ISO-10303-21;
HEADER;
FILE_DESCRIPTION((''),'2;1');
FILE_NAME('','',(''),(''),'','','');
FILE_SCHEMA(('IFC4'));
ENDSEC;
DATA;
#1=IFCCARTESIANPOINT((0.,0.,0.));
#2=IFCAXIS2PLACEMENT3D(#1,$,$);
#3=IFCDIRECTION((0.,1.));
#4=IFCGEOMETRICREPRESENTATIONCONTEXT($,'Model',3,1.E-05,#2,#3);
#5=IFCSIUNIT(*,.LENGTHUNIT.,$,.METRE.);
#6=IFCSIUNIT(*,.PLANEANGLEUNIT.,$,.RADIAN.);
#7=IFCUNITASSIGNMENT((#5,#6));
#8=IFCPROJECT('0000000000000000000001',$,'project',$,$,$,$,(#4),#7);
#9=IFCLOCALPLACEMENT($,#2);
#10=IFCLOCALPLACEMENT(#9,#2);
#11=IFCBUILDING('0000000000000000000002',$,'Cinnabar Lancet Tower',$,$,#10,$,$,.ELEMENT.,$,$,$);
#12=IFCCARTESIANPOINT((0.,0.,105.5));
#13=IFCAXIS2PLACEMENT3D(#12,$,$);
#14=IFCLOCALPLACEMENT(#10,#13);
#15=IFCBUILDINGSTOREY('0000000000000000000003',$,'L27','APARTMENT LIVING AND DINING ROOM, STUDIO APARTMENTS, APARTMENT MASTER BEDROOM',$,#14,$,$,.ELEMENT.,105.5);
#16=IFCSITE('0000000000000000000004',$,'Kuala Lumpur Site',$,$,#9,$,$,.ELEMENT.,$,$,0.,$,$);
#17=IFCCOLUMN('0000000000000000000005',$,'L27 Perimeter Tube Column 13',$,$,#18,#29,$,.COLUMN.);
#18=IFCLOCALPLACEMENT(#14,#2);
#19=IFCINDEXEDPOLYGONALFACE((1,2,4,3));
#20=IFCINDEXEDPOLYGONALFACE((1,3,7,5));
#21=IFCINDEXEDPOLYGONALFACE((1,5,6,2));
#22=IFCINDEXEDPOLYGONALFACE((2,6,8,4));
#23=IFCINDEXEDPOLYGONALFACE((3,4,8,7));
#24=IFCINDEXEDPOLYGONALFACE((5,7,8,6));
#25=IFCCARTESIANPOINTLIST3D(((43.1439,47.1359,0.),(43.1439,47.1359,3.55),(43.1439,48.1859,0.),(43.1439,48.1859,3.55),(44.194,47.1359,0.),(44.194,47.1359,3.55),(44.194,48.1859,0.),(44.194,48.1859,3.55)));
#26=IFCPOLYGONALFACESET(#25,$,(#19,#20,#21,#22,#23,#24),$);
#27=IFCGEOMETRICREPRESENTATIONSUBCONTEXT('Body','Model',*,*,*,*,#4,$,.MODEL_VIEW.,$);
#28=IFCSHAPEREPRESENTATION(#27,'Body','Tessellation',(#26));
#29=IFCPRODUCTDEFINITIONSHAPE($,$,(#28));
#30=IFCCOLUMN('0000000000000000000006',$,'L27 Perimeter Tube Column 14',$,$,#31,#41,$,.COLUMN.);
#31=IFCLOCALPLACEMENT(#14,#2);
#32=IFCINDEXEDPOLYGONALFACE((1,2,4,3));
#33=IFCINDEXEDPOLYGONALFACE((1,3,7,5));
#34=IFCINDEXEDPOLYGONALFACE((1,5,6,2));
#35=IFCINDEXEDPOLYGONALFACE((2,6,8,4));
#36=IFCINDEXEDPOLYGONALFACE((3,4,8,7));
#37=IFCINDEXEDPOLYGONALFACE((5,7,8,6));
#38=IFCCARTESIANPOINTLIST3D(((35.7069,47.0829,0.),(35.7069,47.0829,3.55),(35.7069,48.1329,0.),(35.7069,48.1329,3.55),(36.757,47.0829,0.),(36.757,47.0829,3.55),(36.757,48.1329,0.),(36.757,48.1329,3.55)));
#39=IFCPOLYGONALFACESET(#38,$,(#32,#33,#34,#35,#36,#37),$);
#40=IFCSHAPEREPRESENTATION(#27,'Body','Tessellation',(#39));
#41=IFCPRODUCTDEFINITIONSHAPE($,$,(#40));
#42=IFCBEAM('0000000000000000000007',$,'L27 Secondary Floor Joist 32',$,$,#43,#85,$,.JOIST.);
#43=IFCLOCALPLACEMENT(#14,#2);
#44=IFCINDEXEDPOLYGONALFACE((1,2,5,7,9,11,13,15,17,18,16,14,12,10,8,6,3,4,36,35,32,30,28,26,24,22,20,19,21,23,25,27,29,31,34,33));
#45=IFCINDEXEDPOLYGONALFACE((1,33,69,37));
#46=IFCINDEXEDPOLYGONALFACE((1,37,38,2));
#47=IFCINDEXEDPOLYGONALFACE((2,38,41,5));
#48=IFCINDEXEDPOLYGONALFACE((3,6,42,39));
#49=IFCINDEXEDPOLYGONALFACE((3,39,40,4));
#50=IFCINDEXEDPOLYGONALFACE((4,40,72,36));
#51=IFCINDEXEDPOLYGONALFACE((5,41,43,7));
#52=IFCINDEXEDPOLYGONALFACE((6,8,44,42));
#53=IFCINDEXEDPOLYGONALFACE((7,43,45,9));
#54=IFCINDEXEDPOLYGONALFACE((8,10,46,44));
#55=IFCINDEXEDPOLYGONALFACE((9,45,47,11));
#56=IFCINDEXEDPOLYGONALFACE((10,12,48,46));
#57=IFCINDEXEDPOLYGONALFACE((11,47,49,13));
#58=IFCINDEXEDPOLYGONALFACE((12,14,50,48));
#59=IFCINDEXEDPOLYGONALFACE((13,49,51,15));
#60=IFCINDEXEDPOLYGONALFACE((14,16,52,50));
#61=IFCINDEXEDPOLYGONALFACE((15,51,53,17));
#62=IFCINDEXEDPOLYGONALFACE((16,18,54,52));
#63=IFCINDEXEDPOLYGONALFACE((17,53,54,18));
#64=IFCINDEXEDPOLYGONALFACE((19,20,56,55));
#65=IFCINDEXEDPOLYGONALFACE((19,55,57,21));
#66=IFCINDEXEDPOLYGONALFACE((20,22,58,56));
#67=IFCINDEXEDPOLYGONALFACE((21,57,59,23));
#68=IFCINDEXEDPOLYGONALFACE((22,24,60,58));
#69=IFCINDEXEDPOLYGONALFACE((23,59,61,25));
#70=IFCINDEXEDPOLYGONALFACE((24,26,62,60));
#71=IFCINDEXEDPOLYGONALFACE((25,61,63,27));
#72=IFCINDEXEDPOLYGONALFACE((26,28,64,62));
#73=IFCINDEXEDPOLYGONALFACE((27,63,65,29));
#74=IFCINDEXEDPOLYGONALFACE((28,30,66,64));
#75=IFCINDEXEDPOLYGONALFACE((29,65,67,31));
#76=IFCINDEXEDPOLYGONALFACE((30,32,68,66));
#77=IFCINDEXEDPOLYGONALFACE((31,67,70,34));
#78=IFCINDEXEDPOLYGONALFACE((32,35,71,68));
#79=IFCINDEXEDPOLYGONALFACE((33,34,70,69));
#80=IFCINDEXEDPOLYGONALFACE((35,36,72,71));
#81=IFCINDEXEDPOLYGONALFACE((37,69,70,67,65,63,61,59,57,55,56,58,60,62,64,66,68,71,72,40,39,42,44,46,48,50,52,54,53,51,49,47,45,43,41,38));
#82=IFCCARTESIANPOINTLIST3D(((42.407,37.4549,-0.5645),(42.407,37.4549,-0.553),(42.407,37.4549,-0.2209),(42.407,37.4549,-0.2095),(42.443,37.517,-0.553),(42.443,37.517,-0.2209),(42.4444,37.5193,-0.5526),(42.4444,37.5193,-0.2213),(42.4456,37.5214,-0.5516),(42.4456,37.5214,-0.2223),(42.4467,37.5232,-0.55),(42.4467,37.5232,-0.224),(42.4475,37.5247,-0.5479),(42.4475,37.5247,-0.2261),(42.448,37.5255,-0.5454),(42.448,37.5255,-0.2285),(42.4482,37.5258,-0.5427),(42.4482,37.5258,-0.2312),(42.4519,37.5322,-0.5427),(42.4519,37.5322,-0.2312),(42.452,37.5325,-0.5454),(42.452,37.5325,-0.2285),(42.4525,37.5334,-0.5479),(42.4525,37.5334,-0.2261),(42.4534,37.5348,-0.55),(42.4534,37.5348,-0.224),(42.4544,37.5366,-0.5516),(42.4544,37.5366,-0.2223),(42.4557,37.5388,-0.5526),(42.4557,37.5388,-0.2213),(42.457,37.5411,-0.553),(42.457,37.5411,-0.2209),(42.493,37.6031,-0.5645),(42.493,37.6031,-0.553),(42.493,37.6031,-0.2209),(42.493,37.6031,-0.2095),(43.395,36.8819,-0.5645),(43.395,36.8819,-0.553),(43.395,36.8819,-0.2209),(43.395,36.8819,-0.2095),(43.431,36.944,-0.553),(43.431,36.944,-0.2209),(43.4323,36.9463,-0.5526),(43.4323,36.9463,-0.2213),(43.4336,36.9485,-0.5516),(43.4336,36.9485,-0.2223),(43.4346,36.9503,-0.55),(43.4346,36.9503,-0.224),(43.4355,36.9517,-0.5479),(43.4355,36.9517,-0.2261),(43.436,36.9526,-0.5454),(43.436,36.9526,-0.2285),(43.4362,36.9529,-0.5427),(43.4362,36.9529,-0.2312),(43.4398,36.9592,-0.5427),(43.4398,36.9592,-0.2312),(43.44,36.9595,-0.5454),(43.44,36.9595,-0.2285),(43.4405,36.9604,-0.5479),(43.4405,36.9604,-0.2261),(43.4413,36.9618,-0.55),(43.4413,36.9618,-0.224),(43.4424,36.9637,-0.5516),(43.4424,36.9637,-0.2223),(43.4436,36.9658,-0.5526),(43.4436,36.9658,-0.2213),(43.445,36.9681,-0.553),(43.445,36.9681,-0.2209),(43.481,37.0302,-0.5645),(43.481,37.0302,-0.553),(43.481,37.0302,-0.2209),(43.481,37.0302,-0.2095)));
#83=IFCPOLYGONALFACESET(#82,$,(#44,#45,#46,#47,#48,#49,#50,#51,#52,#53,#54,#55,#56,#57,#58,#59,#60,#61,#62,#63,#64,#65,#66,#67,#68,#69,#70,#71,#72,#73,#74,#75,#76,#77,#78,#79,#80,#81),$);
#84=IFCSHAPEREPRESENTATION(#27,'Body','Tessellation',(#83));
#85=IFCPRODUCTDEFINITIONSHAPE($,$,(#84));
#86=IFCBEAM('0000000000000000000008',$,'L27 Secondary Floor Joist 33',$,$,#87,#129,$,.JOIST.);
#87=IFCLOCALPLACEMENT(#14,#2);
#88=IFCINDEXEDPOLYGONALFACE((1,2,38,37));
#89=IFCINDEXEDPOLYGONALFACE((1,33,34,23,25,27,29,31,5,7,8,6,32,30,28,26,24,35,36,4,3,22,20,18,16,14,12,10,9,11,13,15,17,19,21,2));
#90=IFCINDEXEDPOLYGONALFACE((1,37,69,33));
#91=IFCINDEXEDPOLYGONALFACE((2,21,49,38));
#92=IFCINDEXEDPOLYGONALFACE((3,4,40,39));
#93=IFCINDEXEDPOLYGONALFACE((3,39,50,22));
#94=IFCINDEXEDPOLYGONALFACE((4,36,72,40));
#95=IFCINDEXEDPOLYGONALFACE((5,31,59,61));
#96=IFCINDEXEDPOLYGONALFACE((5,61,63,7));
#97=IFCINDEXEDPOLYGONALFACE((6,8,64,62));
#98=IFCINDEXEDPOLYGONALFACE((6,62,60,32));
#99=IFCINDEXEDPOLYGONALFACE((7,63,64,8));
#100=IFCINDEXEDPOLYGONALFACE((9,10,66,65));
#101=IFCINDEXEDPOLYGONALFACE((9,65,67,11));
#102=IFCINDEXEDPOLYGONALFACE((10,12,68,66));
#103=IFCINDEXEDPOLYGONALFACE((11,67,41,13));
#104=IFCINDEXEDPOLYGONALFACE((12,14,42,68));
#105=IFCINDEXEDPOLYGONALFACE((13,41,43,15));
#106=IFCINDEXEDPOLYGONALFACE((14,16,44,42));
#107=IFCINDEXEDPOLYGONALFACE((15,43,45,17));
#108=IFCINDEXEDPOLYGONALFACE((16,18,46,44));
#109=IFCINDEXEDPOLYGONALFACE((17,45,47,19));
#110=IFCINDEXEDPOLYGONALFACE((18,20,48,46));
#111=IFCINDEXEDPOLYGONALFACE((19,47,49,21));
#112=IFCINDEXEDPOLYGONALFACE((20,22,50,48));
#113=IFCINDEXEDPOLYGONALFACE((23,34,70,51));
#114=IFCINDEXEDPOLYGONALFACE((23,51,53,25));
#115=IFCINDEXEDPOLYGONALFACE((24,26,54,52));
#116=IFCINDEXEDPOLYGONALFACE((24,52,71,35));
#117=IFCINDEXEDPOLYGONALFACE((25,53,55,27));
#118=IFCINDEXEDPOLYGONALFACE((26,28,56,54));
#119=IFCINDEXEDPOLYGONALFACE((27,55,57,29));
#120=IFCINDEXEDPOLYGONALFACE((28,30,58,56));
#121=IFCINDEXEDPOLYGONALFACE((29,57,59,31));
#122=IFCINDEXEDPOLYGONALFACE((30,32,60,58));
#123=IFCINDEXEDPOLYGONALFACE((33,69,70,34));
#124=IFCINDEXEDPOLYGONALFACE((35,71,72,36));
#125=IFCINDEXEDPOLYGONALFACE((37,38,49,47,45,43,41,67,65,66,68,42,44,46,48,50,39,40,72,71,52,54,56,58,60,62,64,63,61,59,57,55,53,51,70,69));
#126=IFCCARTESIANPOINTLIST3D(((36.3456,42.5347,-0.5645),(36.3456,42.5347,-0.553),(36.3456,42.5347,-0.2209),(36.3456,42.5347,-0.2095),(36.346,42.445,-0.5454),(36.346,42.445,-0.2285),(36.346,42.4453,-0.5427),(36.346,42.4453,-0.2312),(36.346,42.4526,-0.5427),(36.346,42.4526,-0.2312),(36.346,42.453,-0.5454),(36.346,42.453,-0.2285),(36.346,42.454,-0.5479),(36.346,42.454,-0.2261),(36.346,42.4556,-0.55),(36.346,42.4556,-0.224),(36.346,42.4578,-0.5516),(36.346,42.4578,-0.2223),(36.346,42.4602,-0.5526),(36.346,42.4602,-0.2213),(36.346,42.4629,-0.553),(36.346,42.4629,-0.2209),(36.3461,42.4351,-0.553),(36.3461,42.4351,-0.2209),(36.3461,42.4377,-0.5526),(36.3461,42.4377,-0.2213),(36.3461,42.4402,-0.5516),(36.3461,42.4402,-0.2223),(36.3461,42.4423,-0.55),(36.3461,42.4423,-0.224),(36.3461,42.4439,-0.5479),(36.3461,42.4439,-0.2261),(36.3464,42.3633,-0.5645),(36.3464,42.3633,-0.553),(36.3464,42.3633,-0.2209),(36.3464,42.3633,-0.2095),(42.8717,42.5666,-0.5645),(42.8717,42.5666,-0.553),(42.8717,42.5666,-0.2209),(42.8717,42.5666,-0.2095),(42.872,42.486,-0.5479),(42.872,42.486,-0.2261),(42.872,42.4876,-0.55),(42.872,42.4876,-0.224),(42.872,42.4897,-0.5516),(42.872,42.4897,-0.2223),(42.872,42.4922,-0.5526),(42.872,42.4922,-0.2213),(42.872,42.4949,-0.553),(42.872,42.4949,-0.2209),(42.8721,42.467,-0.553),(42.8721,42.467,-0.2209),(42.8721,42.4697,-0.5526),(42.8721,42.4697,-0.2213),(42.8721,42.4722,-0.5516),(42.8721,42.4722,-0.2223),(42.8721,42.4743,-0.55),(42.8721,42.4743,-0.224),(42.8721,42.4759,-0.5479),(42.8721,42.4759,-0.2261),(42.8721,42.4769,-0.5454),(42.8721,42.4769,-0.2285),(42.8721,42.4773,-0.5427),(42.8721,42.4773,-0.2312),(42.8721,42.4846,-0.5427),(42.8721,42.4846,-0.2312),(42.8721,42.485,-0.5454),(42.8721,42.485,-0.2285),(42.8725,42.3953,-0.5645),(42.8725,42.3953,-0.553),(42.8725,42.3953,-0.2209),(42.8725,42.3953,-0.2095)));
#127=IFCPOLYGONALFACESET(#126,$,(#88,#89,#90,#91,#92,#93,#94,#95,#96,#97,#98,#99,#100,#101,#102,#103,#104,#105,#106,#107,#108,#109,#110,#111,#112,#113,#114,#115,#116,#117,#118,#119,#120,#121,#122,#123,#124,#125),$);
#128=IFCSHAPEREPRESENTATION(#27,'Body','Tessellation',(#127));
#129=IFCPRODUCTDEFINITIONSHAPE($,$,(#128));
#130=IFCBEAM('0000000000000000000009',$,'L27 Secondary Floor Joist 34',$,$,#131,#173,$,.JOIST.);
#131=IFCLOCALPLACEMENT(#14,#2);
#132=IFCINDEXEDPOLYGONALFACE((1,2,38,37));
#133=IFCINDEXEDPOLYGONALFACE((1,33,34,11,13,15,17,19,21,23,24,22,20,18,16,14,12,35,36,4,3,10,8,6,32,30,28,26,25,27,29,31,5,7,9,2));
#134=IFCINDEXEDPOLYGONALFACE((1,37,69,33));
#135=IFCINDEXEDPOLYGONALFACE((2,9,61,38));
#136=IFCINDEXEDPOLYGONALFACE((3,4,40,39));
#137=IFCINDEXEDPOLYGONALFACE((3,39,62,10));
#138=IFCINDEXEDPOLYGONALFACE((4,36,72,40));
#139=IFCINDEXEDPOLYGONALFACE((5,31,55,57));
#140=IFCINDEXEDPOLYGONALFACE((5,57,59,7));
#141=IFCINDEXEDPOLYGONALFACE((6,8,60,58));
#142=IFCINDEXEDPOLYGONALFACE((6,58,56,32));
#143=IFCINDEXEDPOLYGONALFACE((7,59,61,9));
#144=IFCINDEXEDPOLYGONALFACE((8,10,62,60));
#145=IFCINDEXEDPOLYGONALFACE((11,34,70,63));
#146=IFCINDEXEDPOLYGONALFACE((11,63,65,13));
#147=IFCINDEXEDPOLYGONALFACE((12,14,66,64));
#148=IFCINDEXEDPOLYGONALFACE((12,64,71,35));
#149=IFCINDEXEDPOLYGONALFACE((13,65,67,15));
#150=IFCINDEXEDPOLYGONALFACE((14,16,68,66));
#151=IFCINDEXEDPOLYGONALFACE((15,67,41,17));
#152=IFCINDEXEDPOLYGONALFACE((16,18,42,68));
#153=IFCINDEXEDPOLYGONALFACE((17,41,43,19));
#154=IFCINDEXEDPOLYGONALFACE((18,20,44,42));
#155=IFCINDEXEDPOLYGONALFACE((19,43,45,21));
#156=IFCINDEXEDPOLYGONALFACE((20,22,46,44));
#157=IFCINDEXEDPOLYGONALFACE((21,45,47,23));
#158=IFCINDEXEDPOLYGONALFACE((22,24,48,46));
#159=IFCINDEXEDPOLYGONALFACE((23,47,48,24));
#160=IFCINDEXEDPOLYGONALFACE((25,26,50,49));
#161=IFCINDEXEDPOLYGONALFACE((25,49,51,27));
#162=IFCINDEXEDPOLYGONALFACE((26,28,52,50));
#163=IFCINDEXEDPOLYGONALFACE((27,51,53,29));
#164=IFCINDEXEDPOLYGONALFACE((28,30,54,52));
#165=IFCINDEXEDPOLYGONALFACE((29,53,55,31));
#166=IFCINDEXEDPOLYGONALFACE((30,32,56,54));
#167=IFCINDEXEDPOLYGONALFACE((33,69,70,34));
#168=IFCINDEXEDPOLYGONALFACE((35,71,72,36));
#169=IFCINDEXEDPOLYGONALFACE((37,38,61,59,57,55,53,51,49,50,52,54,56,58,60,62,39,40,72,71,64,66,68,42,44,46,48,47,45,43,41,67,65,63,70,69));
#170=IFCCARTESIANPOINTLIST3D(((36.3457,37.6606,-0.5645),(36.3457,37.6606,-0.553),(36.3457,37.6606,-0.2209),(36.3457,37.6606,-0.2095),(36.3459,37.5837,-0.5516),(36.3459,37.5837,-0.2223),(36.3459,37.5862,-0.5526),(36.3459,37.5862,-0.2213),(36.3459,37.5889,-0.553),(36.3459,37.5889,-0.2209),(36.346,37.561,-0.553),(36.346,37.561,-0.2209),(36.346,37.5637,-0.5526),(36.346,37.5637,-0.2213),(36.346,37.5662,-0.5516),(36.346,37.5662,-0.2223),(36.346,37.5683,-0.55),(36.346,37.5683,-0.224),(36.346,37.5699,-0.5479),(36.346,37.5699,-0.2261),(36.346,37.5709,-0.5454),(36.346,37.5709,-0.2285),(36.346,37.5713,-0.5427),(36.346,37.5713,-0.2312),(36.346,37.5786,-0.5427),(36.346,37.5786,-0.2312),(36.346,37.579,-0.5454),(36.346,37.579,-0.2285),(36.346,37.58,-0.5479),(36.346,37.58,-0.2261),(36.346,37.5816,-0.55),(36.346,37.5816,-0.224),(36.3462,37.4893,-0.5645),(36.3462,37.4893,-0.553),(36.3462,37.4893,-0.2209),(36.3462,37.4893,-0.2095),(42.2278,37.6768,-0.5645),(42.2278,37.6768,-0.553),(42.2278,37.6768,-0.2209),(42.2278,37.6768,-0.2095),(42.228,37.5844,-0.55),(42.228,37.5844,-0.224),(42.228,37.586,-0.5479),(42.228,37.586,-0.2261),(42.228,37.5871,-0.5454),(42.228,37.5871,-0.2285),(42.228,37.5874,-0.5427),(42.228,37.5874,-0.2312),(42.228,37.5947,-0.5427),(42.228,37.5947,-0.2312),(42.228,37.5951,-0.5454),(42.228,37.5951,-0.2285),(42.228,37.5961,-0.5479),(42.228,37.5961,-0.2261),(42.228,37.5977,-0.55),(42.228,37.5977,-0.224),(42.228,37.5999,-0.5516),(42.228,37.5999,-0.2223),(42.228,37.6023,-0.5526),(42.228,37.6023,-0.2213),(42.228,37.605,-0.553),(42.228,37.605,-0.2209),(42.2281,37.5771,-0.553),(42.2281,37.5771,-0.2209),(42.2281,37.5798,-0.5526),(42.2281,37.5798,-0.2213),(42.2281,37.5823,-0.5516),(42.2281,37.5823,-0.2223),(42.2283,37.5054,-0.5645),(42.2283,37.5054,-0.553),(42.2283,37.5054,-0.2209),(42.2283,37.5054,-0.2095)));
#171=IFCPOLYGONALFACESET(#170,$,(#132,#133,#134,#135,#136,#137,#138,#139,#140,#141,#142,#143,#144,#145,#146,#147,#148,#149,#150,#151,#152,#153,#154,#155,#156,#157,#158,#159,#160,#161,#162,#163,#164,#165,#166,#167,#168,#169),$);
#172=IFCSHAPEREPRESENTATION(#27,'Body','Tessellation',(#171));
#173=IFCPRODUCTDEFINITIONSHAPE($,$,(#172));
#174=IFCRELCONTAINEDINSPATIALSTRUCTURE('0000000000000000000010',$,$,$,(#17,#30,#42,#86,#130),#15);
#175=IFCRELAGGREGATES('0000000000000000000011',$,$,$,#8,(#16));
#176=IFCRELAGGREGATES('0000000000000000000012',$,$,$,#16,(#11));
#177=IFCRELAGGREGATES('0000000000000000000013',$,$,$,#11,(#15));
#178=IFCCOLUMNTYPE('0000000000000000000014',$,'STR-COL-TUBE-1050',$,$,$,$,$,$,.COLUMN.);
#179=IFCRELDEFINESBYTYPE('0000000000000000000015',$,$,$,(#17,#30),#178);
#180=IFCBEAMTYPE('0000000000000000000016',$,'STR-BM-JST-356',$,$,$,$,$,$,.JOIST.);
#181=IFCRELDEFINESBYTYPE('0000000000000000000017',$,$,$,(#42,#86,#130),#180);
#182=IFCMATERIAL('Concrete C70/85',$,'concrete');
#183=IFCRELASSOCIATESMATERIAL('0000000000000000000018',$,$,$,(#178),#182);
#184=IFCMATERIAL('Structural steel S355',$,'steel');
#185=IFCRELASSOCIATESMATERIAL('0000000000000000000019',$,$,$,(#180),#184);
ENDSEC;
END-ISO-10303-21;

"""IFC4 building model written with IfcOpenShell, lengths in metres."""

from ifc_helpers import new_model, si_unit, direction, frame, origin, origin_2d, place, context, subcontext, project, spatial, rectangle, i_section, extrude, material, material_profile, profile_set, type_object, element, save


model = new_model("IFC4")

# Units and contexts
model_context = context("Model", 3, precision=1e-05, world=origin(), true_north=direction((0.0, 1.0)))
body_context = subcontext(model_context, "Body", "Model", "MODEL_VIEW")
ifc_project = project(units=[si_unit("LENGTHUNIT", "METRE"), si_unit("PLANEANGLEUNIT", "RADIAN")], contexts=[model_context])

# Site, building, storey
site_placement = place(None, origin())
site = spatial("IfcSite", under=ifc_project, at=site_placement, Name="Kuala Lumpur Site", CompositionType="ELEMENT", RefElevation=0.0)
building_placement = place(site_placement, origin())
building = spatial("IfcBuilding", under=site, at=building_placement, Name="Cinnabar Lancet Tower", CompositionType="ELEMENT")
storey_placement = place(building_placement, frame((0.0, 0.0, 105.5)))
storey = spatial("IfcBuildingStorey", under=building, at=storey_placement, Name="L27", Description="APARTMENT LIVING AND DINING ROOM, STUDIO APARTMENTS, APARTMENT MASTER BEDROOM", CompositionType="ELEMENT", Elevation=105.5)

# Columns
ifc_material_1 = material(Name="Concrete C70/85", Category="concrete")
ifc_material_profile_1 = material_profile(ifc_material_1, rectangle(XDim=1.05, YDim=1.05, at=origin_2d()), Name="RC-COL 1050x1050")
ifc_profile_set_1 = profile_set([ifc_material_profile_1], Name="Concrete C70/85")
column_type = type_object("IfcColumnType", Name="STR-COL-TUBE-1050", PredefinedType="COLUMN", material=ifc_profile_set_1)
for number, where, z_axis, x_axis, name in (
    (1, (43.6689, 47.6609, 0.0), (0.0, 0.0, 1.0), (1.0, 0.0, 0.0), "L27 Perimeter Tube Column 13"),
    (2, (36.2319, 47.6079, 0.0), (0.0, 0.0, 1.0), (1.0, 0.0, 0.0), "L27 Perimeter Tube Column 14"),
):
    element("IfcColumn", number, at=place(storey_placement, frame(where, z_axis=z_axis, x_axis=x_axis)), inside=storey, type_object=column_type, Name=name, PredefinedType="COLUMN", context=body_context, shape_type="SweptSolid", body=[
        extrude(rectangle(XDim=1.05, YDim=1.05, at=origin_2d()), origin(), (0.0, 0.0, 1.0), 3.55),
    ])

# Beams
ifc_material_2 = material(Name="Structural steel S355", Category="steel")
ifc_material_profile_2 = material_profile(ifc_material_2, i_section(OverallWidth=0.1714, OverallDepth=0.355, WebThickness=0.0073, FlangeThickness=0.0115, FilletRadius=0.0103, at=origin_2d()), Name="UKB 356x171x51")
ifc_profile_set_2 = profile_set([ifc_material_profile_2], Name="Structural steel S355")
beam_type_1 = type_object("IfcBeamType", Name="STR-BM-JST-356", PredefinedType="JOIST", material=ifc_profile_set_2)
beam_1_placement = place(storey_placement, frame((43.438, 36.9561, -0.387), z_axis=(-0.865055, 0.501677, 0.0), x_axis=(-0.501677, -0.865055, 0.0)))
element("IfcBeam", 3, at=beam_1_placement, inside=storey, type_object=beam_type_1, Name="L27 Secondary Floor Joist 32", PredefinedType="JOIST", context=body_context, shape_type="SweptSolid", body=[
    extrude(i_section(OverallWidth=0.1714, OverallDepth=0.355, WebThickness=0.0073, FlangeThickness=0.0115, FilletRadius=0.0103, at=origin_2d()), origin(), (0.0, 0.0, 1.0), 1.1421),
])
beam_2_placement = place(storey_placement, frame((42.8721, 42.481, -0.387), z_axis=(-0.999988, -0.004901, 0.0), x_axis=(0.004901, -0.999988, 0.0)))
element("IfcBeam", 4, at=beam_2_placement, inside=storey, type_object=beam_type_1, Name="L27 Secondary Floor Joist 33", PredefinedType="JOIST", context=body_context, shape_type="SweptSolid", body=[
    extrude(i_section(OverallWidth=0.1714, OverallDepth=0.355, WebThickness=0.0073, FlangeThickness=0.0115, FilletRadius=0.0103, at=origin_2d()), origin(), (0.0, 0.0, 1.0), 6.5261),
])
beam_3_placement = place(storey_placement, frame((42.228, 37.5911, -0.387), z_axis=(-0.999996, -0.002739, 0.0), x_axis=(0.002739, -0.999996, 0.0)))
element("IfcBeam", 5, at=beam_3_placement, inside=storey, type_object=beam_type_1, Name="L27 Secondary Floor Joist 34", PredefinedType="JOIST", context=body_context, shape_type="SweptSolid", body=[
    extrude(i_section(OverallWidth=0.1714, OverallDepth=0.355, WebThickness=0.0073, FlangeThickness=0.0115, FilletRadius=0.0103, at=origin_2d()), origin(), (0.0, 0.0, 1.0), 5.8821),
])

save(model, "model.ifc")
